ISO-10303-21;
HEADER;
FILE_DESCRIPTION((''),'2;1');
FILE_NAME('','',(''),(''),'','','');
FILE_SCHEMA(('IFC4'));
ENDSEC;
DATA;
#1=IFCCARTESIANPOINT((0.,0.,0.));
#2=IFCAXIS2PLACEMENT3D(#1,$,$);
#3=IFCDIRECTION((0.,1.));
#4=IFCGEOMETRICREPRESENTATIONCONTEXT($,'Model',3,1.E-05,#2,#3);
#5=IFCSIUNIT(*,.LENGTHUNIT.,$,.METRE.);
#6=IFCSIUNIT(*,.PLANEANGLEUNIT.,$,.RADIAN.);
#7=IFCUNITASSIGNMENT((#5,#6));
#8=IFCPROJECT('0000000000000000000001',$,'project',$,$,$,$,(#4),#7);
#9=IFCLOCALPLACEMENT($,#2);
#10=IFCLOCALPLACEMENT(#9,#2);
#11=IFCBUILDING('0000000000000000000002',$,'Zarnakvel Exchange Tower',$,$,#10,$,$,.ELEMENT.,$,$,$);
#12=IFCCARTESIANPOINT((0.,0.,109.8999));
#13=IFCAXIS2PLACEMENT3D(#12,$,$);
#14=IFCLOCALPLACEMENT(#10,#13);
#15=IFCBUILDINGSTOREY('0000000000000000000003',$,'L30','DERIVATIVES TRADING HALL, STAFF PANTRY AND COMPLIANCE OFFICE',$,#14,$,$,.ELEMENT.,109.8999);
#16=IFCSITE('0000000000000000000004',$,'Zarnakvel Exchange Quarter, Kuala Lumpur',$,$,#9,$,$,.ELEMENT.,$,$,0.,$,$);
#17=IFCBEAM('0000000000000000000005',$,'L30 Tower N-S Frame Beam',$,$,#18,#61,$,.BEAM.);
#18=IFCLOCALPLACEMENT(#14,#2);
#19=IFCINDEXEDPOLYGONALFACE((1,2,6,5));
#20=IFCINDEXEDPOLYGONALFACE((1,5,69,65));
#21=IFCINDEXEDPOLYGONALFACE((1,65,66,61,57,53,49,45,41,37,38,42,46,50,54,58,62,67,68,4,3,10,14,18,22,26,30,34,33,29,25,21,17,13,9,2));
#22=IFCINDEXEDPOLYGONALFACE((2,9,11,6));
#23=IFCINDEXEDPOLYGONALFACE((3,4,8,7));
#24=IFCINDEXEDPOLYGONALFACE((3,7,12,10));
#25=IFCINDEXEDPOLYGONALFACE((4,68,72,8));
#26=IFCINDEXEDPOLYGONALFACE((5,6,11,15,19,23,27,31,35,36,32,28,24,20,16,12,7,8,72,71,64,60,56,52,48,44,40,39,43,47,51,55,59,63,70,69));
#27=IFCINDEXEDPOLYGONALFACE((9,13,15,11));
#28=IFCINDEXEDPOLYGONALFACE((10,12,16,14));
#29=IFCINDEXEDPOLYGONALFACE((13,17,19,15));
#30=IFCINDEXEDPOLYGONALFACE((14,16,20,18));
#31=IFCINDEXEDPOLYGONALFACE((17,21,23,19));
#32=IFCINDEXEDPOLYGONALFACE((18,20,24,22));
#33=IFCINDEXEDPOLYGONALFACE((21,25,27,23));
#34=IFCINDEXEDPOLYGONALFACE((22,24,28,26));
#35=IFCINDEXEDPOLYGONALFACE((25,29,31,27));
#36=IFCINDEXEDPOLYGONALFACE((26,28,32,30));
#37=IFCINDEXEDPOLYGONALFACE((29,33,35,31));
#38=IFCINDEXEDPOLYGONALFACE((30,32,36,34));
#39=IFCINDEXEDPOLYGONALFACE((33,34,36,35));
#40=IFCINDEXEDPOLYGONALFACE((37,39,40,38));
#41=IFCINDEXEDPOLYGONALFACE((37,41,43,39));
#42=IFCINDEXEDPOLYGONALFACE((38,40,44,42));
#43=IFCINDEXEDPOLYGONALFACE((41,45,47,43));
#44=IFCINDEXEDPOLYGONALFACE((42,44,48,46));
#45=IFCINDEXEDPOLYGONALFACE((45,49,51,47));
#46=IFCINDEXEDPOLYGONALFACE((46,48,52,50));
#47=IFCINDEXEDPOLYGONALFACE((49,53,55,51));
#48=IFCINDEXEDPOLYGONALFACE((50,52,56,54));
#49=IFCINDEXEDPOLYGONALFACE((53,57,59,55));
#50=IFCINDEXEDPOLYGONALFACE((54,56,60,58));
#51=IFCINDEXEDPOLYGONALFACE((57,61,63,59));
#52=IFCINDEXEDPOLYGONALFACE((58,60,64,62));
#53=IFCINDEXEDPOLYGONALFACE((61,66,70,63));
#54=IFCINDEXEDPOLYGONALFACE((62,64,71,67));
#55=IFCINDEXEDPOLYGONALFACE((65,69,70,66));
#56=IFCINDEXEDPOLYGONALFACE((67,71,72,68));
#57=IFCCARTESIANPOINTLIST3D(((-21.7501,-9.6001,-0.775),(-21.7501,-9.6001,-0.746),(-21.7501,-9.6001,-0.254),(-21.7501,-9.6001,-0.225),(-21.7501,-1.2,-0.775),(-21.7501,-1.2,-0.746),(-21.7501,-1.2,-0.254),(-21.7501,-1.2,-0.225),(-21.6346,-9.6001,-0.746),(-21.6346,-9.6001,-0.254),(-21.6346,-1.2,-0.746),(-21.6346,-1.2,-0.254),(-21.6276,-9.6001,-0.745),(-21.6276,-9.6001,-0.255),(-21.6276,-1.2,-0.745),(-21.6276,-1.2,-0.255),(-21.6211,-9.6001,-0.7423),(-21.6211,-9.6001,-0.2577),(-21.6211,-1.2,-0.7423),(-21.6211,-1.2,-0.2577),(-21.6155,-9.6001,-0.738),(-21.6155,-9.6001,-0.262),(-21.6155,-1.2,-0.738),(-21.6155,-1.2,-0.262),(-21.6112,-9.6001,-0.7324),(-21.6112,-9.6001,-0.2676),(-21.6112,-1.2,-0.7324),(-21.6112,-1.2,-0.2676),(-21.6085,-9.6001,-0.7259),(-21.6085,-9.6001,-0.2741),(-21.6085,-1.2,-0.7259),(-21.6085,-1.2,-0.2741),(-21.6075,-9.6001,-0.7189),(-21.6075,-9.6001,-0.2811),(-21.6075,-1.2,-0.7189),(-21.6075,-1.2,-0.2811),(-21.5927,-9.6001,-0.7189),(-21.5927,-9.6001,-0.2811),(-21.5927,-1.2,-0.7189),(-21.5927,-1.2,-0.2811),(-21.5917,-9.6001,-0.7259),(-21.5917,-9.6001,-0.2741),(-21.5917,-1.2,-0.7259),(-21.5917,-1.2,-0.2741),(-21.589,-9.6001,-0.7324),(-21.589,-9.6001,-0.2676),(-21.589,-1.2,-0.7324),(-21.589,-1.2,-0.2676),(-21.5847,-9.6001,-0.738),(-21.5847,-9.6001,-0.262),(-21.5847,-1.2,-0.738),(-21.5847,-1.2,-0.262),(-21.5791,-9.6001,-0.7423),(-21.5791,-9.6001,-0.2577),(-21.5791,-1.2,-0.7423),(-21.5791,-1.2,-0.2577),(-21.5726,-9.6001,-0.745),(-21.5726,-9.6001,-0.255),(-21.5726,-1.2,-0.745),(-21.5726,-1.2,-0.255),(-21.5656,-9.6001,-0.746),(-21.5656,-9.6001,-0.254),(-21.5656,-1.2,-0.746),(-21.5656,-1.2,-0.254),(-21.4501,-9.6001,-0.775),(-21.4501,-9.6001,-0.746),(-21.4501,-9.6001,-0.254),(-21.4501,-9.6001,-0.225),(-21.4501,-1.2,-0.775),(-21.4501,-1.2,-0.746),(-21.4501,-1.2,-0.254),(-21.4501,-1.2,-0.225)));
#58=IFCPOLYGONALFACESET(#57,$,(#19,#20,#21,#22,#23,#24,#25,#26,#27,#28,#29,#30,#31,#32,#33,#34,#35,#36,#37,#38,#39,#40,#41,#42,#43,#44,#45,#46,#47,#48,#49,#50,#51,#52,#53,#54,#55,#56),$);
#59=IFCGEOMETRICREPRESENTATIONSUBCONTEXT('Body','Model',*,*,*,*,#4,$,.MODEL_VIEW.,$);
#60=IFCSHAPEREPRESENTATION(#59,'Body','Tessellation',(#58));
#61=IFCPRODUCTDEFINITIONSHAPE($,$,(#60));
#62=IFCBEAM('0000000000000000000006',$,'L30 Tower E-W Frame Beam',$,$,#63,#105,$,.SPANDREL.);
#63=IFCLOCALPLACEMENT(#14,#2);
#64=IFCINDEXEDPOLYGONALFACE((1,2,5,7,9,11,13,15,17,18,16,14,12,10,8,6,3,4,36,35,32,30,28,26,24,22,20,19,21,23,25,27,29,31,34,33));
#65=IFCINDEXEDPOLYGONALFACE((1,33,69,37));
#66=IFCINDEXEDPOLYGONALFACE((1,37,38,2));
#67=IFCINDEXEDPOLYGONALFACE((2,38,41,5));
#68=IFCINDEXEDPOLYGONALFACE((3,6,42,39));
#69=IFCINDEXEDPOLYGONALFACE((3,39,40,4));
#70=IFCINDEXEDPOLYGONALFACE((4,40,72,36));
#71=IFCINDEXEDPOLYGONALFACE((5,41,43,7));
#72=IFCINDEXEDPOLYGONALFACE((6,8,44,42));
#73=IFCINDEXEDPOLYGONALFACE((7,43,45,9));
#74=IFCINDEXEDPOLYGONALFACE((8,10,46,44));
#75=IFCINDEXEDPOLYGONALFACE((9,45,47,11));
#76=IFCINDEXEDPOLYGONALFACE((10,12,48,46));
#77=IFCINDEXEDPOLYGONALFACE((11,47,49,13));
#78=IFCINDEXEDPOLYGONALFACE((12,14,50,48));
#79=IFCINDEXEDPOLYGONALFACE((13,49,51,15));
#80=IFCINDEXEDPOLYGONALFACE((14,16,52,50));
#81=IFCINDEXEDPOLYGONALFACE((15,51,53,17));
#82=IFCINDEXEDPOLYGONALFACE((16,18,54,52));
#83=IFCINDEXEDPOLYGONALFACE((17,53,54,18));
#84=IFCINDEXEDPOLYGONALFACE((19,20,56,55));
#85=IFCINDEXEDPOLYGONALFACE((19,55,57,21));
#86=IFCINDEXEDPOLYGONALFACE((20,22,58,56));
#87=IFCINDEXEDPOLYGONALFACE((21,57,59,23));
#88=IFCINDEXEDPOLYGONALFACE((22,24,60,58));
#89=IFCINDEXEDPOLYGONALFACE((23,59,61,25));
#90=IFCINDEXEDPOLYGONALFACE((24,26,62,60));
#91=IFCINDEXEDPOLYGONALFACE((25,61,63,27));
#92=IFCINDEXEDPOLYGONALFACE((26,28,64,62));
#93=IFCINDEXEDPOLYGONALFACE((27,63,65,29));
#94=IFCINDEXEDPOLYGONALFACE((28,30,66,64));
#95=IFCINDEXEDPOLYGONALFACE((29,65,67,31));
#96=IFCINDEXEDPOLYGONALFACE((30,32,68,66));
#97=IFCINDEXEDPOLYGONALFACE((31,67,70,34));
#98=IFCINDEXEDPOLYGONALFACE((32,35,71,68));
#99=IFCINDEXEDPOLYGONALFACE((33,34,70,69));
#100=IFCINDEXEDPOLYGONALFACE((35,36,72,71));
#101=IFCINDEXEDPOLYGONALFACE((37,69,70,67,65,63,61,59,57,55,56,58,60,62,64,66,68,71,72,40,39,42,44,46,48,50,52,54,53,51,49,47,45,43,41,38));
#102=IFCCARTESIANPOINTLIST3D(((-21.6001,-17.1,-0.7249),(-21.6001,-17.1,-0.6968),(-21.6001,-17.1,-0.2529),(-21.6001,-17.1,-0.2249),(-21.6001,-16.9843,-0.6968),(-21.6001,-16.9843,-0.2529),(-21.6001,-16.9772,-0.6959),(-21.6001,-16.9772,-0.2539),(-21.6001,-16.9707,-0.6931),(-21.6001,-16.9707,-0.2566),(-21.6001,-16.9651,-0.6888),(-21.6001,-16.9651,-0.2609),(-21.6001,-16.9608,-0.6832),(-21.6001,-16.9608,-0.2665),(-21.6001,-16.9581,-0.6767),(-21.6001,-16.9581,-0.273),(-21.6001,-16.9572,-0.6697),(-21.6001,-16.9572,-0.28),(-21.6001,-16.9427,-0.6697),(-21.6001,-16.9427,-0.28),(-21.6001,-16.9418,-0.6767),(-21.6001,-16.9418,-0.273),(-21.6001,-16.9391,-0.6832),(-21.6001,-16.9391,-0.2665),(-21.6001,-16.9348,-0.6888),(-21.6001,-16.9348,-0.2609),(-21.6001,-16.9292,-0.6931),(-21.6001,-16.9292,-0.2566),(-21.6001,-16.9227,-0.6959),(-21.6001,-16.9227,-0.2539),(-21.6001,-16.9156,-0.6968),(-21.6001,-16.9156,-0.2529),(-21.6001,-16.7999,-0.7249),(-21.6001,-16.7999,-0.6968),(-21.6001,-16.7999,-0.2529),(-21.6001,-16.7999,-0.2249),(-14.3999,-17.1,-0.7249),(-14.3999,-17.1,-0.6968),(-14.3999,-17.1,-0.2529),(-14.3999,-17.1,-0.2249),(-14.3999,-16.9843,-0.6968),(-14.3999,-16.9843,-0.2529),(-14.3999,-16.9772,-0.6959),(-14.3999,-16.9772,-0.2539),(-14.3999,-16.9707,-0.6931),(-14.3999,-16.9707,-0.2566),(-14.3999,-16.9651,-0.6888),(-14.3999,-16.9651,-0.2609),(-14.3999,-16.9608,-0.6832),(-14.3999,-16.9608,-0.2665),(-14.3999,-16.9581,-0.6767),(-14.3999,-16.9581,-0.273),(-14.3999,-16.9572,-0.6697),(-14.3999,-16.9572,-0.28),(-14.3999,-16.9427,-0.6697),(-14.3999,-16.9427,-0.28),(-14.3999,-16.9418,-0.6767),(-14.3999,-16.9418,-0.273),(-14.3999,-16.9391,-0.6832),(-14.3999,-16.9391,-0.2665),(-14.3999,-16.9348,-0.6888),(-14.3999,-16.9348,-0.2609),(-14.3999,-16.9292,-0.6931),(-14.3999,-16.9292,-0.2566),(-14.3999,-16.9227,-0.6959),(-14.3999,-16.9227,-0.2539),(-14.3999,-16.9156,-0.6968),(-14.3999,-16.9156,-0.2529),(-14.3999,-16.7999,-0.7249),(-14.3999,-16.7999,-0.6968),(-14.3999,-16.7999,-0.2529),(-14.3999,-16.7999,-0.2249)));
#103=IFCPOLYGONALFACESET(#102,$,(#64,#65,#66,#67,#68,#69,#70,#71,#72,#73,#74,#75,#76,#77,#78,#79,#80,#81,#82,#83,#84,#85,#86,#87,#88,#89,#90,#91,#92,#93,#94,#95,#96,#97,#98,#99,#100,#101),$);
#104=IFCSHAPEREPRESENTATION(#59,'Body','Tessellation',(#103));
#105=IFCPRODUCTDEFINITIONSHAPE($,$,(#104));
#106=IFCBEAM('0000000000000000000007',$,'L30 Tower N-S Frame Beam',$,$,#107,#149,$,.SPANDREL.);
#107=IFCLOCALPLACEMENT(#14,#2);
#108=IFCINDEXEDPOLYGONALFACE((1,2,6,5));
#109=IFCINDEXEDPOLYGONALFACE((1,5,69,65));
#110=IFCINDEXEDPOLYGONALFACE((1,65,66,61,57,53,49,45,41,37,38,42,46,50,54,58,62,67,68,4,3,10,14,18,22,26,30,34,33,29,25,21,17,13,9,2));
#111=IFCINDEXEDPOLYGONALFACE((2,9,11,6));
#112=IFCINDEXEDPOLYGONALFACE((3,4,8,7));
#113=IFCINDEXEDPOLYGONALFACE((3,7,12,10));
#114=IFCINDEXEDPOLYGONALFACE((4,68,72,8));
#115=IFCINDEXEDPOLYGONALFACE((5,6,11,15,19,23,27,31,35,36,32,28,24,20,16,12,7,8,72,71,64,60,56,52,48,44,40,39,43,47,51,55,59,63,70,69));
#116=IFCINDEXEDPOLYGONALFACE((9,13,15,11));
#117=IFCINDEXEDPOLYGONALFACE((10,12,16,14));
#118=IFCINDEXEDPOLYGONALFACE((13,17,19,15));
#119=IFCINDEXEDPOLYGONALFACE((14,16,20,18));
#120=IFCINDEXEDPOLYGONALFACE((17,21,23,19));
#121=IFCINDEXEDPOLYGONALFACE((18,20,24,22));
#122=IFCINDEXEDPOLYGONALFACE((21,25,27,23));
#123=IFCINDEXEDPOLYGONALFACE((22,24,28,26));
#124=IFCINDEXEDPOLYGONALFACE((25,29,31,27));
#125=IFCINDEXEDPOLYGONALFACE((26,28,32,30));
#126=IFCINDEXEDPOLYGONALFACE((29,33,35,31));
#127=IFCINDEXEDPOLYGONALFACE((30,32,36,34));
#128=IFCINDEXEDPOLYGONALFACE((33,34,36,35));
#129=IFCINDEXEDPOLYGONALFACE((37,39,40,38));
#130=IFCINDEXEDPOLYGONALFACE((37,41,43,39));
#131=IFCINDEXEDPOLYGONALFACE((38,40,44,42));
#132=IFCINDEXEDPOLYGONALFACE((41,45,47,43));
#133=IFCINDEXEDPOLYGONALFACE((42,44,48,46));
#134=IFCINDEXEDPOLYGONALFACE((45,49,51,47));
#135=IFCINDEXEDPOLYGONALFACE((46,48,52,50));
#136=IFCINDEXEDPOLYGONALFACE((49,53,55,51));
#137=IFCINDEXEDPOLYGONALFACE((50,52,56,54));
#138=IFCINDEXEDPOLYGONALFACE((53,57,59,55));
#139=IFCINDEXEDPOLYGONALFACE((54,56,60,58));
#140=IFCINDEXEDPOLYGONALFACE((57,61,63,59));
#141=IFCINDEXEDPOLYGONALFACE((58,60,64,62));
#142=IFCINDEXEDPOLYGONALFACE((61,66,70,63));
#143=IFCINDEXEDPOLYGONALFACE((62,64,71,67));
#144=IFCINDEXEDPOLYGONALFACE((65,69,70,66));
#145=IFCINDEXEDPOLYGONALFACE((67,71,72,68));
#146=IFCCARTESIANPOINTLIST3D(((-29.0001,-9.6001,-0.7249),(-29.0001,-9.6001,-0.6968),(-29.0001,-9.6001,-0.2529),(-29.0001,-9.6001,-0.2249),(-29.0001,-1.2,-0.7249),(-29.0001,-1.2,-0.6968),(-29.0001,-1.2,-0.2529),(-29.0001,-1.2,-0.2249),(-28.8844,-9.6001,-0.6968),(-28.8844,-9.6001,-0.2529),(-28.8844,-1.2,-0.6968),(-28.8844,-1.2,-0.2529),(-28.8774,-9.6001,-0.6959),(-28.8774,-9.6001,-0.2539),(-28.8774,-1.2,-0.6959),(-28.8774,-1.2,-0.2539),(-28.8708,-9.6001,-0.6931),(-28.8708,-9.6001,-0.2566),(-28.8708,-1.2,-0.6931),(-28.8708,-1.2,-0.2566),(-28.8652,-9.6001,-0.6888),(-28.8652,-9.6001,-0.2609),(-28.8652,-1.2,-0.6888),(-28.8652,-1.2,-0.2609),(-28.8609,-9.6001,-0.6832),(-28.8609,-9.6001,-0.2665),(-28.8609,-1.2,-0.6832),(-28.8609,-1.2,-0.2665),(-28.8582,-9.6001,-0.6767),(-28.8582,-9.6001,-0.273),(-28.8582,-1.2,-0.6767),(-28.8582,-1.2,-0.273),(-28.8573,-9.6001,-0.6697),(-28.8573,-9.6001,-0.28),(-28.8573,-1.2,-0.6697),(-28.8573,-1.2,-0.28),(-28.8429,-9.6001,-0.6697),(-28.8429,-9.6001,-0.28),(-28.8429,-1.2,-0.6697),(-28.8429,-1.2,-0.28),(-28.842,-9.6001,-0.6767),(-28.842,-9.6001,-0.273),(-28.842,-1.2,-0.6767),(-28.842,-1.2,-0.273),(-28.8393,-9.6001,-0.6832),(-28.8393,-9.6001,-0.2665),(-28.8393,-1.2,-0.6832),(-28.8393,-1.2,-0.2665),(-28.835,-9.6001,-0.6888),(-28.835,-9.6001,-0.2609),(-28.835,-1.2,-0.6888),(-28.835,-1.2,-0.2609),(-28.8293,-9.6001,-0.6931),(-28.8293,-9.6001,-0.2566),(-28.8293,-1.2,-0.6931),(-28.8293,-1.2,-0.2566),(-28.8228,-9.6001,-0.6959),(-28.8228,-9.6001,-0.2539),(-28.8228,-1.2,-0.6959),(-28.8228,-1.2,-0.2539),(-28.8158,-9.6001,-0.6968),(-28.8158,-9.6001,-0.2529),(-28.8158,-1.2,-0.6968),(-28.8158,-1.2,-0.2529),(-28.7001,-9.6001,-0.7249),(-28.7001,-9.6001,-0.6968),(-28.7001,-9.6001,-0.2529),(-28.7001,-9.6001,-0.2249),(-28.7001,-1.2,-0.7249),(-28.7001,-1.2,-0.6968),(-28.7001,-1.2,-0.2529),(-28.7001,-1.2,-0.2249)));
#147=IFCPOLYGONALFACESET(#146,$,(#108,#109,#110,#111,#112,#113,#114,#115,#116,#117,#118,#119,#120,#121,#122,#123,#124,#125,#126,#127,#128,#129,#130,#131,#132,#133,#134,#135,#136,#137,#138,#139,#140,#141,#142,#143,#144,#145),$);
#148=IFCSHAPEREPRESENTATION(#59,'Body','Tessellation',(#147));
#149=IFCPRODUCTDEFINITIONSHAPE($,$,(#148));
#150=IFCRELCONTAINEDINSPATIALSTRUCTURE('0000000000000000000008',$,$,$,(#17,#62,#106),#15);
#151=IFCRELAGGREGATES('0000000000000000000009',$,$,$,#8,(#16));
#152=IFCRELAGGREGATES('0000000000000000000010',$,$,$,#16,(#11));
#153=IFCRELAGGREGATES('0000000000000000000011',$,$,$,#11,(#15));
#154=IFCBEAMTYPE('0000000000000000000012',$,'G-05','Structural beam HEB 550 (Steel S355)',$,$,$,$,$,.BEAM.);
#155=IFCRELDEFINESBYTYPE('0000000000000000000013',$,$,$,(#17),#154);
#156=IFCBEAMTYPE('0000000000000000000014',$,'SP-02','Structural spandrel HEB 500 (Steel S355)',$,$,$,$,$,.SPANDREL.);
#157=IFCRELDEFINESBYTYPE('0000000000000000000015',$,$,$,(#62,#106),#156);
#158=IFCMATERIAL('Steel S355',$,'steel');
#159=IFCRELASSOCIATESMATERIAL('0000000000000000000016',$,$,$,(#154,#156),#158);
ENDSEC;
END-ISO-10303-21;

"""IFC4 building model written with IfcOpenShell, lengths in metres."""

from ifc_helpers import new_model, si_unit, direction, frame, origin, origin_2d, place, context, subcontext, project, spatial, i_section, extrude, material, material_profile, profile_set, type_object, element, save


model = new_model("IFC4")

# Units and contexts
model_context = context("Model", 3, precision=1e-05, world=origin(), true_north=direction((0.0, 1.0)))
body_context = subcontext(model_context, "Body", "Model", "MODEL_VIEW")
ifc_project = project(units=[si_unit("LENGTHUNIT", "METRE"), si_unit("PLANEANGLEUNIT", "RADIAN")], contexts=[model_context])

# Site, building, storey
site_placement = place(None, origin())
site = spatial("IfcSite", under=ifc_project, at=site_placement, Name="Zarnakvel Exchange Quarter, Kuala Lumpur", CompositionType="ELEMENT", RefElevation=0.0)
building_placement = place(site_placement, origin())
building = spatial("IfcBuilding", under=site, at=building_placement, Name="Zarnakvel Exchange Tower", CompositionType="ELEMENT")
storey_placement = place(building_placement, frame((0.0, 0.0, 109.8999)))
storey = spatial("IfcBuildingStorey", under=building, at=storey_placement, Name="L30", Description="DERIVATIVES TRADING HALL, STAFF PANTRY AND COMPLIANCE OFFICE", CompositionType="ELEMENT", Elevation=109.8999)

# Shared definitions
ifc_material_1 = material(Name="Steel S355", Category="steel")

# Beams
ifc_material_profile_1 = material_profile(ifc_material_1, i_section(OverallWidth=0.3, OverallDepth=0.55, WebThickness=0.0149, FlangeThickness=0.0291, FilletRadius=0.0271, at=origin_2d()))
ifc_profile_set_1 = profile_set([ifc_material_profile_1], Name="Steel S355")
beam_type_1 = type_object("IfcBeamType", Name="G-05", Description="Structural beam HEB 550 (Steel S355)", PredefinedType="BEAM", material=ifc_profile_set_1)
beam_1_placement = place(storey_placement, frame((-21.6001, -9.6001, -0.5), z_axis=(0.0, 1.0, 0.0), x_axis=(-1.0, 0.0, 0.0)))
element("IfcBeam", 1, at=beam_1_placement, inside=storey, type_object=beam_type_1, Name="L30 Tower N-S Frame Beam", PredefinedType="BEAM", context=body_context, shape_type="SweptSolid", body=[
    extrude(i_section(OverallWidth=0.3, OverallDepth=0.55, WebThickness=0.0149, FlangeThickness=0.0291, FilletRadius=0.0271, at=origin_2d()), origin(), (0.0, 0.0, 1.0), 8.4001),
])
ifc_material_profile_2 = material_profile(ifc_material_1, i_section(OverallWidth=0.3, OverallDepth=0.5, WebThickness=0.0144, FlangeThickness=0.0281, FilletRadius=0.0271, at=origin_2d()))
ifc_profile_set_2 = profile_set([ifc_material_profile_2], Name="Steel S355")
beam_type_2 = type_object("IfcBeamType", Name="SP-02", Description="Structural spandrel HEB 500 (Steel S355)", PredefinedType="SPANDREL", material=ifc_profile_set_2)
beam_2_placement = place(storey_placement, frame((-21.6001, -16.95, -0.4749), z_axis=(1.0, 0.0, 0.0), x_axis=(0.0, 1.0, 0.0)))
element("IfcBeam", 2, at=beam_2_placement, inside=storey, type_object=beam_type_2, Name="L30 Tower E-W Frame Beam", PredefinedType="SPANDREL", context=body_context, shape_type="SweptSolid", body=[
    extrude(i_section(OverallWidth=0.3, OverallDepth=0.5, WebThickness=0.0144, FlangeThickness=0.0281, FilletRadius=0.0271, at=origin_2d()), origin(), (0.0, 0.0, 1.0), 7.2002),
])
beam_3_placement = place(storey_placement, frame((-28.8501, -9.6001, -0.4749), z_axis=(0.0, 1.0, 0.0), x_axis=(-1.0, 0.0, 0.0)))
element("IfcBeam", 3, at=beam_3_placement, inside=storey, type_object=beam_type_2, Name="L30 Tower N-S Frame Beam", PredefinedType="SPANDREL", context=body_context, shape_type="SweptSolid", body=[
    extrude(i_section(OverallWidth=0.3, OverallDepth=0.5, WebThickness=0.0144, FlangeThickness=0.0281, FilletRadius=0.0271, at=origin_2d()), origin(), (0.0, 0.0, 1.0), 8.4001),
])

save(model, "model.ifc")
